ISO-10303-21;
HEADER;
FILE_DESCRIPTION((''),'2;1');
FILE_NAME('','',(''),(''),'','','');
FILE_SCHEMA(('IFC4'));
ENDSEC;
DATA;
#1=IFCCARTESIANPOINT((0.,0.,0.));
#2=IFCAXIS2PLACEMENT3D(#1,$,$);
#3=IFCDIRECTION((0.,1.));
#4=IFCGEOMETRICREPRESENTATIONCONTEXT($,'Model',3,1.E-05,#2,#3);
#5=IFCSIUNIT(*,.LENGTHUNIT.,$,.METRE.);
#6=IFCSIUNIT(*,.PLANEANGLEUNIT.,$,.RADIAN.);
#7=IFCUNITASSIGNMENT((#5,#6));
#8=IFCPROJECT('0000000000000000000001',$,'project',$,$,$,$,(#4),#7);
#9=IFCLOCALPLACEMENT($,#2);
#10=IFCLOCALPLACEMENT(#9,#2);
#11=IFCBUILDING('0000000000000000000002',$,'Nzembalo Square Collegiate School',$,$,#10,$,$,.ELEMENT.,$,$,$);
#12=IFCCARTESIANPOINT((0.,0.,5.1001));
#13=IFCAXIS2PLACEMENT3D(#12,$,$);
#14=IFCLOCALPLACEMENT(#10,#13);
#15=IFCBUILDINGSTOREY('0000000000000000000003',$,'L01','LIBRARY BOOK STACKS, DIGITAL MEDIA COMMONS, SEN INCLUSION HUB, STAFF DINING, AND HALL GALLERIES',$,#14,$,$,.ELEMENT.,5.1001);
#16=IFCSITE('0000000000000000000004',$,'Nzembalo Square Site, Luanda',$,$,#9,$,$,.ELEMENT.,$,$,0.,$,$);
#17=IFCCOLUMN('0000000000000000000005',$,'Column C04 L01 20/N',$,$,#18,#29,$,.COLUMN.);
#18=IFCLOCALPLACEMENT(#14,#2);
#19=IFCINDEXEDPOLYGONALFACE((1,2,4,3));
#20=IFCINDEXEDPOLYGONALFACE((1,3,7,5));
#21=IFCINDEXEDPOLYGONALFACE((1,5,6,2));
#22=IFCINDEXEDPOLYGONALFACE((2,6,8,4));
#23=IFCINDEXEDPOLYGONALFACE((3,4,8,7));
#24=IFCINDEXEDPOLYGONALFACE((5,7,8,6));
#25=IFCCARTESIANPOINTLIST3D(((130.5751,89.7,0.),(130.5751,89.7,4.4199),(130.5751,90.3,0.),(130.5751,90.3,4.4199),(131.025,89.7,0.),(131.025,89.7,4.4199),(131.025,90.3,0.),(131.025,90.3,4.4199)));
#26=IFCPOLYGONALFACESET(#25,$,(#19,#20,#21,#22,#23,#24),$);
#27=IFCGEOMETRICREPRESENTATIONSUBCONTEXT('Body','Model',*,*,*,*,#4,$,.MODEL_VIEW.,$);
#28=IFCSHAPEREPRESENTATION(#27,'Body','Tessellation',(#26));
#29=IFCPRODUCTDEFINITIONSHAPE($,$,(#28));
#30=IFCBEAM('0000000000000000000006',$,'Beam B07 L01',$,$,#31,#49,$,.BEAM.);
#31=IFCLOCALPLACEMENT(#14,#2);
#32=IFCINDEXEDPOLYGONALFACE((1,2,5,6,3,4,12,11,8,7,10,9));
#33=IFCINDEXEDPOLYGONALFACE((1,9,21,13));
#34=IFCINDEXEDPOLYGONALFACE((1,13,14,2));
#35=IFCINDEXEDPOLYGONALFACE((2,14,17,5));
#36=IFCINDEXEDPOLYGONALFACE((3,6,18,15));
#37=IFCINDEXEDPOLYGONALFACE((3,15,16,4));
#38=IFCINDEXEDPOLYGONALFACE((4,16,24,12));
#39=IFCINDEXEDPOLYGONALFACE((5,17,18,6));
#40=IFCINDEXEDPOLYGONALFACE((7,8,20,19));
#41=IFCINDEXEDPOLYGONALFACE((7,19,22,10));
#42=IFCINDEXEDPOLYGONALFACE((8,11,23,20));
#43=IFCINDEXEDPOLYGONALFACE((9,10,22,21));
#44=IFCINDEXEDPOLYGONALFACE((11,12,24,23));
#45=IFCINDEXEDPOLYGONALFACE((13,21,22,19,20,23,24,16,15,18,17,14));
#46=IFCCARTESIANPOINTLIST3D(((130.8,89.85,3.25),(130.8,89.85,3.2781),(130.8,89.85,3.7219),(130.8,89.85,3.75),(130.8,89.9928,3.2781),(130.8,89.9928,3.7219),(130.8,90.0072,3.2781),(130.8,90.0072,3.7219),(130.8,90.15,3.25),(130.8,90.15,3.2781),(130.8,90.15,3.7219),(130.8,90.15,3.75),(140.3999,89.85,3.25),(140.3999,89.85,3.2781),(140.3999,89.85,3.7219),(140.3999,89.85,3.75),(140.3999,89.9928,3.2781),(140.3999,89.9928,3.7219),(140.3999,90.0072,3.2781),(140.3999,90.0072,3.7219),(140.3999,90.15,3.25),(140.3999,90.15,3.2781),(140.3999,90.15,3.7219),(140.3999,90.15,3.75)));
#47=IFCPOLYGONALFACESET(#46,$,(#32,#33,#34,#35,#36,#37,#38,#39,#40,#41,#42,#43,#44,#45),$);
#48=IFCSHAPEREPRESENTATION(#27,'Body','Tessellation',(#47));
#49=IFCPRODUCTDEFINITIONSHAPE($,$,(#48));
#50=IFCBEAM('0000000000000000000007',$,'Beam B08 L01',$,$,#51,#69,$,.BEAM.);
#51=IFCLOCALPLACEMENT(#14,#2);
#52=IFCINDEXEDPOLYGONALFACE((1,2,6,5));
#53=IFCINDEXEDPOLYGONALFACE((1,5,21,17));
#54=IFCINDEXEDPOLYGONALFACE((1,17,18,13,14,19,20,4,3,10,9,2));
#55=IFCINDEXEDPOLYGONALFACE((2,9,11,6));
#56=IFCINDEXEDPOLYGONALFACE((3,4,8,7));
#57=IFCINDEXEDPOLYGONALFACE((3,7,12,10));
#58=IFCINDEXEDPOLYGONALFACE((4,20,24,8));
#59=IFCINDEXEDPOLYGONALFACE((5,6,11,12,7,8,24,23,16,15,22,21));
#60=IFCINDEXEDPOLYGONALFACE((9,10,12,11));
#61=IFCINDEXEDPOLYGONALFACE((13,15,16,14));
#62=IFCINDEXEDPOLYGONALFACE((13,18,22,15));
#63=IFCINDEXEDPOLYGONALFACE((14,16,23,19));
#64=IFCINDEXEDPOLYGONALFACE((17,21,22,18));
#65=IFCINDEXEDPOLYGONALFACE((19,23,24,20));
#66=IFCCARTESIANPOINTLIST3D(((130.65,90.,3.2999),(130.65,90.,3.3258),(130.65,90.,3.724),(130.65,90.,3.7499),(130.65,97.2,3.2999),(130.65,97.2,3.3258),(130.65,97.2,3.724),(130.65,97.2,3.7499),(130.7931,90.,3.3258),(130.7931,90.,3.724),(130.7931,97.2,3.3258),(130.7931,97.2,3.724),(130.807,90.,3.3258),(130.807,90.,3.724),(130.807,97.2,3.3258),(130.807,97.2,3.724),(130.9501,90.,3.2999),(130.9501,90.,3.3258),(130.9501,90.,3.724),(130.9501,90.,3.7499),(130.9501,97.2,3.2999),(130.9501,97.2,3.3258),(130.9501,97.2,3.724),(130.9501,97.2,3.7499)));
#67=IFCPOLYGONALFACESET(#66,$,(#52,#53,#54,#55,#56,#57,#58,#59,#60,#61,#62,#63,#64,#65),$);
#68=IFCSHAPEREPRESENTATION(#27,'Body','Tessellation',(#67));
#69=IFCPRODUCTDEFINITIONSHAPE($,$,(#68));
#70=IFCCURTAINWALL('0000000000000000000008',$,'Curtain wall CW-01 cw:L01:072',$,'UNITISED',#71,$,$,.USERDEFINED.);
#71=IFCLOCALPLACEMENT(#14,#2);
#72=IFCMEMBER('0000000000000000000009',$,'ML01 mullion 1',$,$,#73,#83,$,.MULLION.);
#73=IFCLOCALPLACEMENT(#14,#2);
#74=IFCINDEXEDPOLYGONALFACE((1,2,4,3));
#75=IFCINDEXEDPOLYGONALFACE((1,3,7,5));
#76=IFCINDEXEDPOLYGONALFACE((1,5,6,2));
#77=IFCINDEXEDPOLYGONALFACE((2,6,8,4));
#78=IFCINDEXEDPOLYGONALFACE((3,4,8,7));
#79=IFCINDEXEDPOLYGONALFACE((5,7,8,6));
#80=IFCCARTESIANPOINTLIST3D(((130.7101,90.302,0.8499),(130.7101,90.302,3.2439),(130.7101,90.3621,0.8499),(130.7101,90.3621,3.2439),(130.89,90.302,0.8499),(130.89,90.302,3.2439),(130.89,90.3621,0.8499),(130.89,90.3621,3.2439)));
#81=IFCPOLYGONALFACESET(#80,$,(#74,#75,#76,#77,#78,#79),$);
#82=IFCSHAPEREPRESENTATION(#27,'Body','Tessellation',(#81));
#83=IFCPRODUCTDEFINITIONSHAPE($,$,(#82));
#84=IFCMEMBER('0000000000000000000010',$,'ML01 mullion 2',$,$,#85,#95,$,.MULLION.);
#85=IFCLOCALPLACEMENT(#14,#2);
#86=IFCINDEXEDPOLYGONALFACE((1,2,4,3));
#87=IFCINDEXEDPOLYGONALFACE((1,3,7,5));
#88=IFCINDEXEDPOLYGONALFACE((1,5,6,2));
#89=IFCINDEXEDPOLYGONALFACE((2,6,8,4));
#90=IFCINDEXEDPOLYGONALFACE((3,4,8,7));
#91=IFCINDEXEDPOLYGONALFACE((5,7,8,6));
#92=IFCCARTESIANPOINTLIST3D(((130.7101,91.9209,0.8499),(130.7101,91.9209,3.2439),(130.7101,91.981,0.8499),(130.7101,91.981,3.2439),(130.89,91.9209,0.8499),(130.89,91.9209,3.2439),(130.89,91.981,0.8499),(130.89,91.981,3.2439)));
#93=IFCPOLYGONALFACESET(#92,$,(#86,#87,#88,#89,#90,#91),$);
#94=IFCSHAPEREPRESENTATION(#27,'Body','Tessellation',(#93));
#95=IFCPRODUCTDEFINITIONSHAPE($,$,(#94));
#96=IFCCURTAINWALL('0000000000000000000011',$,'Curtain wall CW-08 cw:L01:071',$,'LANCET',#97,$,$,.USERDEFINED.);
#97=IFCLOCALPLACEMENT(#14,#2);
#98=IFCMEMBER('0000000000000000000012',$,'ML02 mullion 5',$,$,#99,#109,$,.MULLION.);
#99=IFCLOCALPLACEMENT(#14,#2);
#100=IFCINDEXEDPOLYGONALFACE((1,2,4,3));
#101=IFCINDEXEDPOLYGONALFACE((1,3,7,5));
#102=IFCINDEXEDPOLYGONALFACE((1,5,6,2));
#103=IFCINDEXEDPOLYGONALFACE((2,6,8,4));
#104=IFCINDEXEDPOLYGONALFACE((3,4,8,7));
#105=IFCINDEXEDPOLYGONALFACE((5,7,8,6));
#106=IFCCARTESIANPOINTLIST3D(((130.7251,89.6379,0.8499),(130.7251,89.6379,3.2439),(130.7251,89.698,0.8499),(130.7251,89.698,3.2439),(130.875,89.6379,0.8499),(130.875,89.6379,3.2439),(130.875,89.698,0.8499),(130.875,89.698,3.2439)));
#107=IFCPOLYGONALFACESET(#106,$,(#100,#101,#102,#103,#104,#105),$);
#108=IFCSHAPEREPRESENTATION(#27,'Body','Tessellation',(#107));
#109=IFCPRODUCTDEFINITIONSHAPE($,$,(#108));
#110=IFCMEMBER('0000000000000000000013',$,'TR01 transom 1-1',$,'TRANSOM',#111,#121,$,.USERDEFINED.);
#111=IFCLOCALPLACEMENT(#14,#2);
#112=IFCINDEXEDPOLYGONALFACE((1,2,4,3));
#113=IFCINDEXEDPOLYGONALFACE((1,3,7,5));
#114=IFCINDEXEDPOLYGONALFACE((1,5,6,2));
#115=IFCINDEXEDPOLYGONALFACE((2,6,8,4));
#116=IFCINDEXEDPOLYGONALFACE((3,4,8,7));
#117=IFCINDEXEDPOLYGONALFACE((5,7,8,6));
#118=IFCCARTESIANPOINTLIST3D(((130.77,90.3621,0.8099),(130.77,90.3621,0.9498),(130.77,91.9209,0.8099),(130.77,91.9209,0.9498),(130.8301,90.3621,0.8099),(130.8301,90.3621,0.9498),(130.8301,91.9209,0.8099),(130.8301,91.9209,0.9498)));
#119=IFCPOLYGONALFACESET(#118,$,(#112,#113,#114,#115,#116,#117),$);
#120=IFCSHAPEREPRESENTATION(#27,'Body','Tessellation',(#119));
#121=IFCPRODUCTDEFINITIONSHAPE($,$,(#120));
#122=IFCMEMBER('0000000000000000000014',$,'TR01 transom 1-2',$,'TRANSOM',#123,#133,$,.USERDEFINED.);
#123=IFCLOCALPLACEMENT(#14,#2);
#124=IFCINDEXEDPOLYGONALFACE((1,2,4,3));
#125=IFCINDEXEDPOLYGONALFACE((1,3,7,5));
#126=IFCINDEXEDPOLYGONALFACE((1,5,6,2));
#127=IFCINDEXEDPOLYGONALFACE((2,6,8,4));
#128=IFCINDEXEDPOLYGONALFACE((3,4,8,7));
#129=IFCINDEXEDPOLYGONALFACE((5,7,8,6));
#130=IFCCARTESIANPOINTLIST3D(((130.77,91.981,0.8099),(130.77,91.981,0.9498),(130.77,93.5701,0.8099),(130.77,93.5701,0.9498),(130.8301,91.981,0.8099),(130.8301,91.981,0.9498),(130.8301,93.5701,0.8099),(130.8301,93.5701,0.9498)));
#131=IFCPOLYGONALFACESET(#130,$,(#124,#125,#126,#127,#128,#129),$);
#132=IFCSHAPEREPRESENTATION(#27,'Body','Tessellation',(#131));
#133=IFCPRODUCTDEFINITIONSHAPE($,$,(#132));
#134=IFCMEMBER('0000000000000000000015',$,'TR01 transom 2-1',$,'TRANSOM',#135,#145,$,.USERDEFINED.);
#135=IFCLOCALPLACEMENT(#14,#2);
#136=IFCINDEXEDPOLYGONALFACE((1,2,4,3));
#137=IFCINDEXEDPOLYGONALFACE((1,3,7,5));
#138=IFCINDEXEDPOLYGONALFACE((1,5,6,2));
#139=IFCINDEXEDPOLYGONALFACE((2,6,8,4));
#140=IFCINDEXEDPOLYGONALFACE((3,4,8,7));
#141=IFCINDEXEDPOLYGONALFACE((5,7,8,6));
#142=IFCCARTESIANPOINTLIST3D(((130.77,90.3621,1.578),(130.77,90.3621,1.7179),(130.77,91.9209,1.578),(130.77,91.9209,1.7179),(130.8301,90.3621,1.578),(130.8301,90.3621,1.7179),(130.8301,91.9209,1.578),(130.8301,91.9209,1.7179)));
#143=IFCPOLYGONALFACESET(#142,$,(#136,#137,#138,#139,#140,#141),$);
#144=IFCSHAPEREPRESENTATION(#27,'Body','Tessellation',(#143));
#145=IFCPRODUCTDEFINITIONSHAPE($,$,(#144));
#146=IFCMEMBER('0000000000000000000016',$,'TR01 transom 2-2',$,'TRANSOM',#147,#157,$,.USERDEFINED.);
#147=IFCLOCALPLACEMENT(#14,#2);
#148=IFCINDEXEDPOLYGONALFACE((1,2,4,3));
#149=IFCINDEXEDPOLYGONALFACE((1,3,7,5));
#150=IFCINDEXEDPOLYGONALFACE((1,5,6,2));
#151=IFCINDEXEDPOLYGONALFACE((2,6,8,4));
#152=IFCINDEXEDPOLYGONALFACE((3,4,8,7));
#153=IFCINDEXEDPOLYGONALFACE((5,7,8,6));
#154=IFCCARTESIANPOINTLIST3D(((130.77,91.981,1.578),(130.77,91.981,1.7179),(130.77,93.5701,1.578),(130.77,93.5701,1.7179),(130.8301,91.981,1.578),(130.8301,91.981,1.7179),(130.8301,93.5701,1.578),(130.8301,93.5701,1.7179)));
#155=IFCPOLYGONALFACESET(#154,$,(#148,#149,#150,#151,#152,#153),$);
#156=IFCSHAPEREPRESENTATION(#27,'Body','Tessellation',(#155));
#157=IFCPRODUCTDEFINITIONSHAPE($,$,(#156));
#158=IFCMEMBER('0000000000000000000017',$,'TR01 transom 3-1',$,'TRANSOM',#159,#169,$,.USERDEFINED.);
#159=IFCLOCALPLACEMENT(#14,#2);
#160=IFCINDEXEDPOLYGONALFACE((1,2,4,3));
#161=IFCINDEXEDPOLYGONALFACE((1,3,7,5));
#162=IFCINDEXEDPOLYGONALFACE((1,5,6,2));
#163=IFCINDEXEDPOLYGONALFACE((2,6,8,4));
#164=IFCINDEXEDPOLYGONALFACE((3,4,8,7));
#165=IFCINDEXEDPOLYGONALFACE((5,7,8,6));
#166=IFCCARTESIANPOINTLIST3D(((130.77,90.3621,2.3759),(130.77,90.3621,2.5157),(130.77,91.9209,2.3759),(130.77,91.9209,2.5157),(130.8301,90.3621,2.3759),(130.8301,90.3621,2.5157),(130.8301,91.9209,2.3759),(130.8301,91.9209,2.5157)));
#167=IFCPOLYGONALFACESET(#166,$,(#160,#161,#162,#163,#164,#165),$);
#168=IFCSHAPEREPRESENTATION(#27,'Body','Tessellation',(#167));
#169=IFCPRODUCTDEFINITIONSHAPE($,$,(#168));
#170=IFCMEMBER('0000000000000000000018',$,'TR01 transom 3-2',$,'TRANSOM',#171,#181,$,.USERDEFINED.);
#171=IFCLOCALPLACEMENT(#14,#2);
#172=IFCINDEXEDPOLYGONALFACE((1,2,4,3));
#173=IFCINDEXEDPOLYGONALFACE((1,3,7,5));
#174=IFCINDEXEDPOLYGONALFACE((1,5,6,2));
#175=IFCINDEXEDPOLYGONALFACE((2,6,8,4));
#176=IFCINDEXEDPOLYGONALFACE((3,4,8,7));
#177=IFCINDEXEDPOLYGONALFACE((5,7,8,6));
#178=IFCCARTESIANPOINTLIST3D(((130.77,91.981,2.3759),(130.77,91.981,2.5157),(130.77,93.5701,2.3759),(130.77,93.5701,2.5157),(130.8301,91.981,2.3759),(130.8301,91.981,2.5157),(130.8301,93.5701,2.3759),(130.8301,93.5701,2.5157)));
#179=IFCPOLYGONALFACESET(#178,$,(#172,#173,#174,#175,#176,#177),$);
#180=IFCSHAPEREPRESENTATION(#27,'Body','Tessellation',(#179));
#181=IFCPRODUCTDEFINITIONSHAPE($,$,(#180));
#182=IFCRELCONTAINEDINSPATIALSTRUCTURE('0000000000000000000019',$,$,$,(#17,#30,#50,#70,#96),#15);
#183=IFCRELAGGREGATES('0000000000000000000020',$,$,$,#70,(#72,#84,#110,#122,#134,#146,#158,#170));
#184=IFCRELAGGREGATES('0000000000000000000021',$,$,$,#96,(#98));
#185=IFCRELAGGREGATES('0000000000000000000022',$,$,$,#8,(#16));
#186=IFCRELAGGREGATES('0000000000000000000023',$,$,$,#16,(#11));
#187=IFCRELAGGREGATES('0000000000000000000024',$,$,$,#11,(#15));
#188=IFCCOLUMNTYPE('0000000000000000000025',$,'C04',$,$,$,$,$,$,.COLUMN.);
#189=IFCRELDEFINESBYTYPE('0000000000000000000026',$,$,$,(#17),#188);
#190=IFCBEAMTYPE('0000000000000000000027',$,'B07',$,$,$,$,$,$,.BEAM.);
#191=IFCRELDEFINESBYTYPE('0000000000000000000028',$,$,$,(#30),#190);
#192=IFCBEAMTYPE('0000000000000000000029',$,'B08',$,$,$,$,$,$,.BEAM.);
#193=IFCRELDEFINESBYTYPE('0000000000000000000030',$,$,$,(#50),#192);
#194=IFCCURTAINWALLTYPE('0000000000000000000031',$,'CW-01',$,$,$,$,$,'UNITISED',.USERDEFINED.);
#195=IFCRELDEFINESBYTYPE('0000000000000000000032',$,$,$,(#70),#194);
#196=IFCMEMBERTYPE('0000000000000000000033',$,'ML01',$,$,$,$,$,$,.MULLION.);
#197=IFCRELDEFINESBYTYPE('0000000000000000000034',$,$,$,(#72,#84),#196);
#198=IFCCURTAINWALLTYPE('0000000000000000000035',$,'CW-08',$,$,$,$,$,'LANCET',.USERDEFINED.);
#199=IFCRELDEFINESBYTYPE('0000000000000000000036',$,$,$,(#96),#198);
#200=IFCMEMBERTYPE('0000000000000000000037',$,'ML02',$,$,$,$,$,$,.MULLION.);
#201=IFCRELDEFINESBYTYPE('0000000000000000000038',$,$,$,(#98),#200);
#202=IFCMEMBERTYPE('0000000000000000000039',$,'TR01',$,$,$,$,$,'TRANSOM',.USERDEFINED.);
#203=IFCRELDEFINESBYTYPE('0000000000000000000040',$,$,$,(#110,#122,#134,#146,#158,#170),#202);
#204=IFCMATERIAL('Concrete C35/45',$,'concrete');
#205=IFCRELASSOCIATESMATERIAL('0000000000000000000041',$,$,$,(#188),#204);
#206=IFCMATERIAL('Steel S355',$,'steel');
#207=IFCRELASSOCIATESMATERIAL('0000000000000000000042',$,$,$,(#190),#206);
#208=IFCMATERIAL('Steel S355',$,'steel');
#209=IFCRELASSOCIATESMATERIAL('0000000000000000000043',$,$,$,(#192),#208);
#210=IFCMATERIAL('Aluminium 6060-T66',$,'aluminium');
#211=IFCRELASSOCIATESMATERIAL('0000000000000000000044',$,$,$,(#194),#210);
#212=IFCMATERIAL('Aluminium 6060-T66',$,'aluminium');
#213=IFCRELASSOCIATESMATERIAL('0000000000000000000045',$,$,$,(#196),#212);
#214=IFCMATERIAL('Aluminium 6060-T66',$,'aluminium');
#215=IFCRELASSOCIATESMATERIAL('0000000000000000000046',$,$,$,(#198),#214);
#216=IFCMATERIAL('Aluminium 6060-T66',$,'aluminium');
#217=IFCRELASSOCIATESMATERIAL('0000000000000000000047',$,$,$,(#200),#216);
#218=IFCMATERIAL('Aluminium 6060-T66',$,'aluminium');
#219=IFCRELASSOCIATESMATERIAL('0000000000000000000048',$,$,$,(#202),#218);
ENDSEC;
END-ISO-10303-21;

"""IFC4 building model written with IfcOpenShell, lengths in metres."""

from ifc_helpers import new_model, si_unit, direction, frame, origin, origin_2d, place, context, subcontext, project, spatial, rectangle, i_section, extrude, material, material_profile, profile_set, type_object, element, aggregate, save


model = new_model("IFC4")

# Units and contexts
model_context = context("Model", 3, precision=1e-05, world=origin(), true_north=direction((0.0, 1.0)))
body_context = subcontext(model_context, "Body", "Model", "MODEL_VIEW")
ifc_project = project(units=[si_unit("LENGTHUNIT", "METRE"), si_unit("PLANEANGLEUNIT", "RADIAN")], contexts=[model_context])

# Site, building, storey
site_placement = place(None, origin())
site = spatial("IfcSite", under=ifc_project, at=site_placement, Name="Nzembalo Square Site, Luanda", CompositionType="ELEMENT", RefElevation=0.0)
building_placement = place(site_placement, origin())
building = spatial("IfcBuilding", under=site, at=building_placement, Name="Nzembalo Square Collegiate School", CompositionType="ELEMENT")
storey_placement = place(building_placement, frame((0.0, 0.0, 5.1001)))
storey = spatial("IfcBuildingStorey", under=building, at=storey_placement, Name="L01", Description="LIBRARY BOOK STACKS, DIGITAL MEDIA COMMONS, SEN INCLUSION HUB, STAFF DINING, AND HALL GALLERIES", CompositionType="ELEMENT", Elevation=5.1001)

# Column
ifc_material_1 = material(Name="Concrete C35/45", Category="concrete")
ifc_material_profile_1 = material_profile(ifc_material_1, rectangle(XDim=0.45, YDim=0.6001, at=origin_2d()), Name="RC 450x600")
ifc_profile_set_1 = profile_set([ifc_material_profile_1], Name="Concrete C35/45")
column_type = type_object("IfcColumnType", Name="C04", PredefinedType="COLUMN", material=ifc_profile_set_1)
column_placement = place(storey_placement, frame((130.8, 90.0, 0.0), z_axis=(0.0, 0.0, 1.0), x_axis=(1.0, 0.0, 0.0)))
element("IfcColumn", 1, at=column_placement, inside=storey, type_object=column_type, Name="Column C04 L01 20/N", PredefinedType="COLUMN", context=body_context, shape_type="SweptSolid", body=[
    extrude(rectangle(XDim=0.45, YDim=0.6001, at=origin_2d()), origin(), (0.0, 0.0, 1.0), 4.4199),
])

# Beams
ifc_material_2 = material(Name="Steel S355", Category="steel")
ifc_material_profile_2 = material_profile(ifc_material_2, i_section(OverallWidth=0.3, OverallDepth=0.5, WebThickness=0.0144, FlangeThickness=0.0281, at=origin_2d()), Name="HEB 500")
ifc_profile_set_2 = profile_set([ifc_material_profile_2], Name="Steel S355")
beam_type_1 = type_object("IfcBeamType", Name="B07", PredefinedType="BEAM", material=ifc_profile_set_2)
beam_1_placement = place(storey_placement, frame((130.8, 90.0, 3.5), z_axis=(1.0, 0.0, 0.0), x_axis=(0.0, 1.0, 0.0)))
element("IfcBeam", 2, at=beam_1_placement, inside=storey, type_object=beam_type_1, Name="Beam B07 L01", PredefinedType="BEAM", context=body_context, shape_type="SweptSolid", body=[
    extrude(i_section(OverallWidth=0.3, OverallDepth=0.5, WebThickness=0.0144, FlangeThickness=0.0281, at=origin_2d()), origin(), (0.0, 0.0, 1.0), 9.5999),
])
ifc_material_3 = material(Name="Steel S355", Category="steel")
ifc_material_profile_3 = material_profile(ifc_material_3, i_section(OverallWidth=0.3, OverallDepth=0.45, WebThickness=0.0139, FlangeThickness=0.0259, at=origin_2d()), Name="HEB 450")
ifc_profile_set_3 = profile_set([ifc_material_profile_3], Name="Steel S355")
beam_type_2 = type_object("IfcBeamType", Name="B08", PredefinedType="BEAM", material=ifc_profile_set_3)
beam_2_placement = place(storey_placement, frame((130.8, 90.0, 3.5249), z_axis=(0.0, 1.0, 0.0), x_axis=(-1.0, 0.0, 0.0)))
element("IfcBeam", 3, at=beam_2_placement, inside=storey, type_object=beam_type_2, Name="Beam B08 L01", PredefinedType="BEAM", context=body_context, shape_type="SweptSolid", body=[
    extrude(i_section(OverallWidth=0.3, OverallDepth=0.45, WebThickness=0.0139, FlangeThickness=0.0259, at=origin_2d()), origin(), (0.0, 0.0, 1.0), 7.2),
])

# Curtain wall, members
ifc_material_4 = material(Name="Aluminium 6060-T66", Category="aluminium")
curtain_wall_type_1 = type_object("IfcCurtainWallType", Name="CW-01", ElementType="UNITISED", PredefinedType="USERDEFINED", material=ifc_material_4)
curtain_wall_1_placement = place(storey_placement, origin())
curtain_wall_1 = element("IfcCurtainWall", 4, at=curtain_wall_1_placement, inside=storey, type_object=curtain_wall_type_1, Name="Curtain wall CW-01 cw:L01:072", ObjectType="UNITISED", PredefinedType="USERDEFINED")
ifc_material_5 = material(Name="Aluminium 6060-T66", Category="aluminium")
ifc_material_profile_4 = material_profile(ifc_material_5, rectangle(XDim=0.0601, YDim=0.1799, at=origin_2d()), Name="ALU M60x180")
ifc_profile_set_4 = profile_set([ifc_material_profile_4], Name="Aluminium 6060-T66")
member_type_1 = type_object("IfcMemberType", Name="ML01", PredefinedType="MULLION", material=ifc_profile_set_4)
member_1_placement = place(storey_placement, frame((130.8, 90.332, 0.8499), z_axis=(0.0, 0.0, 1.0), x_axis=(0.0, 1.0, 0.0)))
member_1 = element("IfcMember", 5, at=member_1_placement, type_object=member_type_1, Name="ML01 mullion 1", PredefinedType="MULLION", context=body_context, shape_type="SweptSolid", body=[
    extrude(rectangle(XDim=0.0601, YDim=0.1799, at=origin_2d()), origin(), (0.0, 0.0, 1.0), 2.394),
])
member_2_placement = place(storey_placement, frame((130.8, 91.9509, 0.8499), z_axis=(0.0, 0.0, 1.0), x_axis=(0.0, 1.0, 0.0)))
member_2 = element("IfcMember", 6, at=member_2_placement, type_object=member_type_1, Name="ML01 mullion 2", PredefinedType="MULLION", context=body_context, shape_type="SweptSolid", body=[
    extrude(rectangle(XDim=0.0601, YDim=0.1799, at=origin_2d()), origin(), (0.0, 0.0, 1.0), 2.394),
])

# Curtain wall, member
ifc_material_6 = material(Name="Aluminium 6060-T66", Category="aluminium")
curtain_wall_type_2 = type_object("IfcCurtainWallType", Name="CW-08", ElementType="LANCET", PredefinedType="USERDEFINED", material=ifc_material_6)
curtain_wall_2_placement = place(storey_placement, origin())
curtain_wall_2 = element("IfcCurtainWall", 7, at=curtain_wall_2_placement, inside=storey, type_object=curtain_wall_type_2, Name="Curtain wall CW-08 cw:L01:071", ObjectType="LANCET", PredefinedType="USERDEFINED")
ifc_material_7 = material(Name="Aluminium 6060-T66", Category="aluminium")
ifc_material_profile_5 = material_profile(ifc_material_7, rectangle(XDim=0.0601, YDim=0.1499, at=origin_2d()), Name="ALU M60x150")
ifc_profile_set_5 = profile_set([ifc_material_profile_5], Name="Aluminium 6060-T66")
member_type_2 = type_object("IfcMemberType", Name="ML02", PredefinedType="MULLION", material=ifc_profile_set_5)
member_3_placement = place(storey_placement, frame((130.8, 89.668, 0.8499), z_axis=(0.0, 0.0, 1.0), x_axis=(0.0, 1.0, 0.0)))
member_3 = element("IfcMember", 8, at=member_3_placement, type_object=member_type_2, Name="ML02 mullion 5", PredefinedType="MULLION", context=body_context, shape_type="SweptSolid", body=[
    extrude(rectangle(XDim=0.0601, YDim=0.1499, at=origin_2d()), origin(), (0.0, 0.0, 1.0), 2.394),
])

# Members
ifc_material_8 = material(Name="Aluminium 6060-T66", Category="aluminium")
ifc_material_profile_6 = material_profile(ifc_material_8, rectangle(XDim=0.0601, YDim=0.1399, at=origin_2d()), Name="ALU T60x140")
ifc_profile_set_6 = profile_set([ifc_material_profile_6], Name="Aluminium 6060-T66")
member_type_3 = type_object("IfcMemberType", Name="TR01", ElementType="TRANSOM", PredefinedType="USERDEFINED", material=ifc_profile_set_6)
member_4_placement = place(storey_placement, frame((130.8, 90.3621, 0.8799), z_axis=(0.0, 1.0, 0.0), x_axis=(-1.0, 0.0, 0.0)))
member_4 = element("IfcMember", 9, at=member_4_placement, type_object=member_type_3, Name="TR01 transom 1-1", ObjectType="TRANSOM", PredefinedType="USERDEFINED", context=body_context, shape_type="SweptSolid", body=[
    extrude(rectangle(XDim=0.0601, YDim=0.1399, at=origin_2d()), origin(), (0.0, 0.0, 1.0), 1.5588),
])
member_5_placement = place(storey_placement, frame((130.8, 91.981, 0.8799), z_axis=(0.0, 1.0, 0.0), x_axis=(-1.0, 0.0, 0.0)))
member_5 = element("IfcMember", 10, at=member_5_placement, type_object=member_type_3, Name="TR01 transom 1-2", ObjectType="TRANSOM", PredefinedType="USERDEFINED", context=body_context, shape_type="SweptSolid", body=[
    extrude(rectangle(XDim=0.0601, YDim=0.1399, at=origin_2d()), origin(), (0.0, 0.0, 1.0), 1.5891),
])
member_6_placement = place(storey_placement, frame((130.8, 90.3621, 1.6479), z_axis=(0.0, 1.0, 0.0), x_axis=(-1.0, 0.0, 0.0)))
member_6 = element("IfcMember", 11, at=member_6_placement, type_object=member_type_3, Name="TR01 transom 2-1", ObjectType="TRANSOM", PredefinedType="USERDEFINED", context=body_context, shape_type="SweptSolid", body=[
    extrude(rectangle(XDim=0.0601, YDim=0.1399, at=origin_2d()), origin(), (0.0, 0.0, 1.0), 1.5588),
])
member_7_placement = place(storey_placement, frame((130.8, 91.981, 1.6479), z_axis=(0.0, 1.0, 0.0), x_axis=(-1.0, 0.0, 0.0)))
member_7 = element("IfcMember", 12, at=member_7_placement, type_object=member_type_3, Name="TR01 transom 2-2", ObjectType="TRANSOM", PredefinedType="USERDEFINED", context=body_context, shape_type="SweptSolid", body=[
    extrude(rectangle(XDim=0.0601, YDim=0.1399, at=origin_2d()), origin(), (0.0, 0.0, 1.0), 1.5891),
])
member_8_placement = place(storey_placement, frame((130.8, 90.3621, 2.4458), z_axis=(0.0, 1.0, 0.0), x_axis=(-1.0, 0.0, 0.0)))
member_8 = element("IfcMember", 13, at=member_8_placement, type_object=member_type_3, Name="TR01 transom 3-1", ObjectType="TRANSOM", PredefinedType="USERDEFINED", context=body_context, shape_type="SweptSolid", body=[
    extrude(rectangle(XDim=0.0601, YDim=0.1399, at=origin_2d()), origin(), (0.0, 0.0, 1.0), 1.5588),
])
member_9_placement = place(storey_placement, frame((130.8, 91.981, 2.4458), z_axis=(0.0, 1.0, 0.0), x_axis=(-1.0, 0.0, 0.0)))
member_9 = element("IfcMember", 14, at=member_9_placement, type_object=member_type_3, Name="TR01 transom 3-2", ObjectType="TRANSOM", PredefinedType="USERDEFINED", context=body_context, shape_type="SweptSolid", body=[
    extrude(rectangle(XDim=0.0601, YDim=0.1399, at=origin_2d()), origin(), (0.0, 0.0, 1.0), 1.5891),
])

aggregate(curtain_wall_1, [member_1, member_2, member_4, member_5, member_6, member_7, member_8, member_9])
aggregate(curtain_wall_2, [member_3])

save(model, "model.ifc")
